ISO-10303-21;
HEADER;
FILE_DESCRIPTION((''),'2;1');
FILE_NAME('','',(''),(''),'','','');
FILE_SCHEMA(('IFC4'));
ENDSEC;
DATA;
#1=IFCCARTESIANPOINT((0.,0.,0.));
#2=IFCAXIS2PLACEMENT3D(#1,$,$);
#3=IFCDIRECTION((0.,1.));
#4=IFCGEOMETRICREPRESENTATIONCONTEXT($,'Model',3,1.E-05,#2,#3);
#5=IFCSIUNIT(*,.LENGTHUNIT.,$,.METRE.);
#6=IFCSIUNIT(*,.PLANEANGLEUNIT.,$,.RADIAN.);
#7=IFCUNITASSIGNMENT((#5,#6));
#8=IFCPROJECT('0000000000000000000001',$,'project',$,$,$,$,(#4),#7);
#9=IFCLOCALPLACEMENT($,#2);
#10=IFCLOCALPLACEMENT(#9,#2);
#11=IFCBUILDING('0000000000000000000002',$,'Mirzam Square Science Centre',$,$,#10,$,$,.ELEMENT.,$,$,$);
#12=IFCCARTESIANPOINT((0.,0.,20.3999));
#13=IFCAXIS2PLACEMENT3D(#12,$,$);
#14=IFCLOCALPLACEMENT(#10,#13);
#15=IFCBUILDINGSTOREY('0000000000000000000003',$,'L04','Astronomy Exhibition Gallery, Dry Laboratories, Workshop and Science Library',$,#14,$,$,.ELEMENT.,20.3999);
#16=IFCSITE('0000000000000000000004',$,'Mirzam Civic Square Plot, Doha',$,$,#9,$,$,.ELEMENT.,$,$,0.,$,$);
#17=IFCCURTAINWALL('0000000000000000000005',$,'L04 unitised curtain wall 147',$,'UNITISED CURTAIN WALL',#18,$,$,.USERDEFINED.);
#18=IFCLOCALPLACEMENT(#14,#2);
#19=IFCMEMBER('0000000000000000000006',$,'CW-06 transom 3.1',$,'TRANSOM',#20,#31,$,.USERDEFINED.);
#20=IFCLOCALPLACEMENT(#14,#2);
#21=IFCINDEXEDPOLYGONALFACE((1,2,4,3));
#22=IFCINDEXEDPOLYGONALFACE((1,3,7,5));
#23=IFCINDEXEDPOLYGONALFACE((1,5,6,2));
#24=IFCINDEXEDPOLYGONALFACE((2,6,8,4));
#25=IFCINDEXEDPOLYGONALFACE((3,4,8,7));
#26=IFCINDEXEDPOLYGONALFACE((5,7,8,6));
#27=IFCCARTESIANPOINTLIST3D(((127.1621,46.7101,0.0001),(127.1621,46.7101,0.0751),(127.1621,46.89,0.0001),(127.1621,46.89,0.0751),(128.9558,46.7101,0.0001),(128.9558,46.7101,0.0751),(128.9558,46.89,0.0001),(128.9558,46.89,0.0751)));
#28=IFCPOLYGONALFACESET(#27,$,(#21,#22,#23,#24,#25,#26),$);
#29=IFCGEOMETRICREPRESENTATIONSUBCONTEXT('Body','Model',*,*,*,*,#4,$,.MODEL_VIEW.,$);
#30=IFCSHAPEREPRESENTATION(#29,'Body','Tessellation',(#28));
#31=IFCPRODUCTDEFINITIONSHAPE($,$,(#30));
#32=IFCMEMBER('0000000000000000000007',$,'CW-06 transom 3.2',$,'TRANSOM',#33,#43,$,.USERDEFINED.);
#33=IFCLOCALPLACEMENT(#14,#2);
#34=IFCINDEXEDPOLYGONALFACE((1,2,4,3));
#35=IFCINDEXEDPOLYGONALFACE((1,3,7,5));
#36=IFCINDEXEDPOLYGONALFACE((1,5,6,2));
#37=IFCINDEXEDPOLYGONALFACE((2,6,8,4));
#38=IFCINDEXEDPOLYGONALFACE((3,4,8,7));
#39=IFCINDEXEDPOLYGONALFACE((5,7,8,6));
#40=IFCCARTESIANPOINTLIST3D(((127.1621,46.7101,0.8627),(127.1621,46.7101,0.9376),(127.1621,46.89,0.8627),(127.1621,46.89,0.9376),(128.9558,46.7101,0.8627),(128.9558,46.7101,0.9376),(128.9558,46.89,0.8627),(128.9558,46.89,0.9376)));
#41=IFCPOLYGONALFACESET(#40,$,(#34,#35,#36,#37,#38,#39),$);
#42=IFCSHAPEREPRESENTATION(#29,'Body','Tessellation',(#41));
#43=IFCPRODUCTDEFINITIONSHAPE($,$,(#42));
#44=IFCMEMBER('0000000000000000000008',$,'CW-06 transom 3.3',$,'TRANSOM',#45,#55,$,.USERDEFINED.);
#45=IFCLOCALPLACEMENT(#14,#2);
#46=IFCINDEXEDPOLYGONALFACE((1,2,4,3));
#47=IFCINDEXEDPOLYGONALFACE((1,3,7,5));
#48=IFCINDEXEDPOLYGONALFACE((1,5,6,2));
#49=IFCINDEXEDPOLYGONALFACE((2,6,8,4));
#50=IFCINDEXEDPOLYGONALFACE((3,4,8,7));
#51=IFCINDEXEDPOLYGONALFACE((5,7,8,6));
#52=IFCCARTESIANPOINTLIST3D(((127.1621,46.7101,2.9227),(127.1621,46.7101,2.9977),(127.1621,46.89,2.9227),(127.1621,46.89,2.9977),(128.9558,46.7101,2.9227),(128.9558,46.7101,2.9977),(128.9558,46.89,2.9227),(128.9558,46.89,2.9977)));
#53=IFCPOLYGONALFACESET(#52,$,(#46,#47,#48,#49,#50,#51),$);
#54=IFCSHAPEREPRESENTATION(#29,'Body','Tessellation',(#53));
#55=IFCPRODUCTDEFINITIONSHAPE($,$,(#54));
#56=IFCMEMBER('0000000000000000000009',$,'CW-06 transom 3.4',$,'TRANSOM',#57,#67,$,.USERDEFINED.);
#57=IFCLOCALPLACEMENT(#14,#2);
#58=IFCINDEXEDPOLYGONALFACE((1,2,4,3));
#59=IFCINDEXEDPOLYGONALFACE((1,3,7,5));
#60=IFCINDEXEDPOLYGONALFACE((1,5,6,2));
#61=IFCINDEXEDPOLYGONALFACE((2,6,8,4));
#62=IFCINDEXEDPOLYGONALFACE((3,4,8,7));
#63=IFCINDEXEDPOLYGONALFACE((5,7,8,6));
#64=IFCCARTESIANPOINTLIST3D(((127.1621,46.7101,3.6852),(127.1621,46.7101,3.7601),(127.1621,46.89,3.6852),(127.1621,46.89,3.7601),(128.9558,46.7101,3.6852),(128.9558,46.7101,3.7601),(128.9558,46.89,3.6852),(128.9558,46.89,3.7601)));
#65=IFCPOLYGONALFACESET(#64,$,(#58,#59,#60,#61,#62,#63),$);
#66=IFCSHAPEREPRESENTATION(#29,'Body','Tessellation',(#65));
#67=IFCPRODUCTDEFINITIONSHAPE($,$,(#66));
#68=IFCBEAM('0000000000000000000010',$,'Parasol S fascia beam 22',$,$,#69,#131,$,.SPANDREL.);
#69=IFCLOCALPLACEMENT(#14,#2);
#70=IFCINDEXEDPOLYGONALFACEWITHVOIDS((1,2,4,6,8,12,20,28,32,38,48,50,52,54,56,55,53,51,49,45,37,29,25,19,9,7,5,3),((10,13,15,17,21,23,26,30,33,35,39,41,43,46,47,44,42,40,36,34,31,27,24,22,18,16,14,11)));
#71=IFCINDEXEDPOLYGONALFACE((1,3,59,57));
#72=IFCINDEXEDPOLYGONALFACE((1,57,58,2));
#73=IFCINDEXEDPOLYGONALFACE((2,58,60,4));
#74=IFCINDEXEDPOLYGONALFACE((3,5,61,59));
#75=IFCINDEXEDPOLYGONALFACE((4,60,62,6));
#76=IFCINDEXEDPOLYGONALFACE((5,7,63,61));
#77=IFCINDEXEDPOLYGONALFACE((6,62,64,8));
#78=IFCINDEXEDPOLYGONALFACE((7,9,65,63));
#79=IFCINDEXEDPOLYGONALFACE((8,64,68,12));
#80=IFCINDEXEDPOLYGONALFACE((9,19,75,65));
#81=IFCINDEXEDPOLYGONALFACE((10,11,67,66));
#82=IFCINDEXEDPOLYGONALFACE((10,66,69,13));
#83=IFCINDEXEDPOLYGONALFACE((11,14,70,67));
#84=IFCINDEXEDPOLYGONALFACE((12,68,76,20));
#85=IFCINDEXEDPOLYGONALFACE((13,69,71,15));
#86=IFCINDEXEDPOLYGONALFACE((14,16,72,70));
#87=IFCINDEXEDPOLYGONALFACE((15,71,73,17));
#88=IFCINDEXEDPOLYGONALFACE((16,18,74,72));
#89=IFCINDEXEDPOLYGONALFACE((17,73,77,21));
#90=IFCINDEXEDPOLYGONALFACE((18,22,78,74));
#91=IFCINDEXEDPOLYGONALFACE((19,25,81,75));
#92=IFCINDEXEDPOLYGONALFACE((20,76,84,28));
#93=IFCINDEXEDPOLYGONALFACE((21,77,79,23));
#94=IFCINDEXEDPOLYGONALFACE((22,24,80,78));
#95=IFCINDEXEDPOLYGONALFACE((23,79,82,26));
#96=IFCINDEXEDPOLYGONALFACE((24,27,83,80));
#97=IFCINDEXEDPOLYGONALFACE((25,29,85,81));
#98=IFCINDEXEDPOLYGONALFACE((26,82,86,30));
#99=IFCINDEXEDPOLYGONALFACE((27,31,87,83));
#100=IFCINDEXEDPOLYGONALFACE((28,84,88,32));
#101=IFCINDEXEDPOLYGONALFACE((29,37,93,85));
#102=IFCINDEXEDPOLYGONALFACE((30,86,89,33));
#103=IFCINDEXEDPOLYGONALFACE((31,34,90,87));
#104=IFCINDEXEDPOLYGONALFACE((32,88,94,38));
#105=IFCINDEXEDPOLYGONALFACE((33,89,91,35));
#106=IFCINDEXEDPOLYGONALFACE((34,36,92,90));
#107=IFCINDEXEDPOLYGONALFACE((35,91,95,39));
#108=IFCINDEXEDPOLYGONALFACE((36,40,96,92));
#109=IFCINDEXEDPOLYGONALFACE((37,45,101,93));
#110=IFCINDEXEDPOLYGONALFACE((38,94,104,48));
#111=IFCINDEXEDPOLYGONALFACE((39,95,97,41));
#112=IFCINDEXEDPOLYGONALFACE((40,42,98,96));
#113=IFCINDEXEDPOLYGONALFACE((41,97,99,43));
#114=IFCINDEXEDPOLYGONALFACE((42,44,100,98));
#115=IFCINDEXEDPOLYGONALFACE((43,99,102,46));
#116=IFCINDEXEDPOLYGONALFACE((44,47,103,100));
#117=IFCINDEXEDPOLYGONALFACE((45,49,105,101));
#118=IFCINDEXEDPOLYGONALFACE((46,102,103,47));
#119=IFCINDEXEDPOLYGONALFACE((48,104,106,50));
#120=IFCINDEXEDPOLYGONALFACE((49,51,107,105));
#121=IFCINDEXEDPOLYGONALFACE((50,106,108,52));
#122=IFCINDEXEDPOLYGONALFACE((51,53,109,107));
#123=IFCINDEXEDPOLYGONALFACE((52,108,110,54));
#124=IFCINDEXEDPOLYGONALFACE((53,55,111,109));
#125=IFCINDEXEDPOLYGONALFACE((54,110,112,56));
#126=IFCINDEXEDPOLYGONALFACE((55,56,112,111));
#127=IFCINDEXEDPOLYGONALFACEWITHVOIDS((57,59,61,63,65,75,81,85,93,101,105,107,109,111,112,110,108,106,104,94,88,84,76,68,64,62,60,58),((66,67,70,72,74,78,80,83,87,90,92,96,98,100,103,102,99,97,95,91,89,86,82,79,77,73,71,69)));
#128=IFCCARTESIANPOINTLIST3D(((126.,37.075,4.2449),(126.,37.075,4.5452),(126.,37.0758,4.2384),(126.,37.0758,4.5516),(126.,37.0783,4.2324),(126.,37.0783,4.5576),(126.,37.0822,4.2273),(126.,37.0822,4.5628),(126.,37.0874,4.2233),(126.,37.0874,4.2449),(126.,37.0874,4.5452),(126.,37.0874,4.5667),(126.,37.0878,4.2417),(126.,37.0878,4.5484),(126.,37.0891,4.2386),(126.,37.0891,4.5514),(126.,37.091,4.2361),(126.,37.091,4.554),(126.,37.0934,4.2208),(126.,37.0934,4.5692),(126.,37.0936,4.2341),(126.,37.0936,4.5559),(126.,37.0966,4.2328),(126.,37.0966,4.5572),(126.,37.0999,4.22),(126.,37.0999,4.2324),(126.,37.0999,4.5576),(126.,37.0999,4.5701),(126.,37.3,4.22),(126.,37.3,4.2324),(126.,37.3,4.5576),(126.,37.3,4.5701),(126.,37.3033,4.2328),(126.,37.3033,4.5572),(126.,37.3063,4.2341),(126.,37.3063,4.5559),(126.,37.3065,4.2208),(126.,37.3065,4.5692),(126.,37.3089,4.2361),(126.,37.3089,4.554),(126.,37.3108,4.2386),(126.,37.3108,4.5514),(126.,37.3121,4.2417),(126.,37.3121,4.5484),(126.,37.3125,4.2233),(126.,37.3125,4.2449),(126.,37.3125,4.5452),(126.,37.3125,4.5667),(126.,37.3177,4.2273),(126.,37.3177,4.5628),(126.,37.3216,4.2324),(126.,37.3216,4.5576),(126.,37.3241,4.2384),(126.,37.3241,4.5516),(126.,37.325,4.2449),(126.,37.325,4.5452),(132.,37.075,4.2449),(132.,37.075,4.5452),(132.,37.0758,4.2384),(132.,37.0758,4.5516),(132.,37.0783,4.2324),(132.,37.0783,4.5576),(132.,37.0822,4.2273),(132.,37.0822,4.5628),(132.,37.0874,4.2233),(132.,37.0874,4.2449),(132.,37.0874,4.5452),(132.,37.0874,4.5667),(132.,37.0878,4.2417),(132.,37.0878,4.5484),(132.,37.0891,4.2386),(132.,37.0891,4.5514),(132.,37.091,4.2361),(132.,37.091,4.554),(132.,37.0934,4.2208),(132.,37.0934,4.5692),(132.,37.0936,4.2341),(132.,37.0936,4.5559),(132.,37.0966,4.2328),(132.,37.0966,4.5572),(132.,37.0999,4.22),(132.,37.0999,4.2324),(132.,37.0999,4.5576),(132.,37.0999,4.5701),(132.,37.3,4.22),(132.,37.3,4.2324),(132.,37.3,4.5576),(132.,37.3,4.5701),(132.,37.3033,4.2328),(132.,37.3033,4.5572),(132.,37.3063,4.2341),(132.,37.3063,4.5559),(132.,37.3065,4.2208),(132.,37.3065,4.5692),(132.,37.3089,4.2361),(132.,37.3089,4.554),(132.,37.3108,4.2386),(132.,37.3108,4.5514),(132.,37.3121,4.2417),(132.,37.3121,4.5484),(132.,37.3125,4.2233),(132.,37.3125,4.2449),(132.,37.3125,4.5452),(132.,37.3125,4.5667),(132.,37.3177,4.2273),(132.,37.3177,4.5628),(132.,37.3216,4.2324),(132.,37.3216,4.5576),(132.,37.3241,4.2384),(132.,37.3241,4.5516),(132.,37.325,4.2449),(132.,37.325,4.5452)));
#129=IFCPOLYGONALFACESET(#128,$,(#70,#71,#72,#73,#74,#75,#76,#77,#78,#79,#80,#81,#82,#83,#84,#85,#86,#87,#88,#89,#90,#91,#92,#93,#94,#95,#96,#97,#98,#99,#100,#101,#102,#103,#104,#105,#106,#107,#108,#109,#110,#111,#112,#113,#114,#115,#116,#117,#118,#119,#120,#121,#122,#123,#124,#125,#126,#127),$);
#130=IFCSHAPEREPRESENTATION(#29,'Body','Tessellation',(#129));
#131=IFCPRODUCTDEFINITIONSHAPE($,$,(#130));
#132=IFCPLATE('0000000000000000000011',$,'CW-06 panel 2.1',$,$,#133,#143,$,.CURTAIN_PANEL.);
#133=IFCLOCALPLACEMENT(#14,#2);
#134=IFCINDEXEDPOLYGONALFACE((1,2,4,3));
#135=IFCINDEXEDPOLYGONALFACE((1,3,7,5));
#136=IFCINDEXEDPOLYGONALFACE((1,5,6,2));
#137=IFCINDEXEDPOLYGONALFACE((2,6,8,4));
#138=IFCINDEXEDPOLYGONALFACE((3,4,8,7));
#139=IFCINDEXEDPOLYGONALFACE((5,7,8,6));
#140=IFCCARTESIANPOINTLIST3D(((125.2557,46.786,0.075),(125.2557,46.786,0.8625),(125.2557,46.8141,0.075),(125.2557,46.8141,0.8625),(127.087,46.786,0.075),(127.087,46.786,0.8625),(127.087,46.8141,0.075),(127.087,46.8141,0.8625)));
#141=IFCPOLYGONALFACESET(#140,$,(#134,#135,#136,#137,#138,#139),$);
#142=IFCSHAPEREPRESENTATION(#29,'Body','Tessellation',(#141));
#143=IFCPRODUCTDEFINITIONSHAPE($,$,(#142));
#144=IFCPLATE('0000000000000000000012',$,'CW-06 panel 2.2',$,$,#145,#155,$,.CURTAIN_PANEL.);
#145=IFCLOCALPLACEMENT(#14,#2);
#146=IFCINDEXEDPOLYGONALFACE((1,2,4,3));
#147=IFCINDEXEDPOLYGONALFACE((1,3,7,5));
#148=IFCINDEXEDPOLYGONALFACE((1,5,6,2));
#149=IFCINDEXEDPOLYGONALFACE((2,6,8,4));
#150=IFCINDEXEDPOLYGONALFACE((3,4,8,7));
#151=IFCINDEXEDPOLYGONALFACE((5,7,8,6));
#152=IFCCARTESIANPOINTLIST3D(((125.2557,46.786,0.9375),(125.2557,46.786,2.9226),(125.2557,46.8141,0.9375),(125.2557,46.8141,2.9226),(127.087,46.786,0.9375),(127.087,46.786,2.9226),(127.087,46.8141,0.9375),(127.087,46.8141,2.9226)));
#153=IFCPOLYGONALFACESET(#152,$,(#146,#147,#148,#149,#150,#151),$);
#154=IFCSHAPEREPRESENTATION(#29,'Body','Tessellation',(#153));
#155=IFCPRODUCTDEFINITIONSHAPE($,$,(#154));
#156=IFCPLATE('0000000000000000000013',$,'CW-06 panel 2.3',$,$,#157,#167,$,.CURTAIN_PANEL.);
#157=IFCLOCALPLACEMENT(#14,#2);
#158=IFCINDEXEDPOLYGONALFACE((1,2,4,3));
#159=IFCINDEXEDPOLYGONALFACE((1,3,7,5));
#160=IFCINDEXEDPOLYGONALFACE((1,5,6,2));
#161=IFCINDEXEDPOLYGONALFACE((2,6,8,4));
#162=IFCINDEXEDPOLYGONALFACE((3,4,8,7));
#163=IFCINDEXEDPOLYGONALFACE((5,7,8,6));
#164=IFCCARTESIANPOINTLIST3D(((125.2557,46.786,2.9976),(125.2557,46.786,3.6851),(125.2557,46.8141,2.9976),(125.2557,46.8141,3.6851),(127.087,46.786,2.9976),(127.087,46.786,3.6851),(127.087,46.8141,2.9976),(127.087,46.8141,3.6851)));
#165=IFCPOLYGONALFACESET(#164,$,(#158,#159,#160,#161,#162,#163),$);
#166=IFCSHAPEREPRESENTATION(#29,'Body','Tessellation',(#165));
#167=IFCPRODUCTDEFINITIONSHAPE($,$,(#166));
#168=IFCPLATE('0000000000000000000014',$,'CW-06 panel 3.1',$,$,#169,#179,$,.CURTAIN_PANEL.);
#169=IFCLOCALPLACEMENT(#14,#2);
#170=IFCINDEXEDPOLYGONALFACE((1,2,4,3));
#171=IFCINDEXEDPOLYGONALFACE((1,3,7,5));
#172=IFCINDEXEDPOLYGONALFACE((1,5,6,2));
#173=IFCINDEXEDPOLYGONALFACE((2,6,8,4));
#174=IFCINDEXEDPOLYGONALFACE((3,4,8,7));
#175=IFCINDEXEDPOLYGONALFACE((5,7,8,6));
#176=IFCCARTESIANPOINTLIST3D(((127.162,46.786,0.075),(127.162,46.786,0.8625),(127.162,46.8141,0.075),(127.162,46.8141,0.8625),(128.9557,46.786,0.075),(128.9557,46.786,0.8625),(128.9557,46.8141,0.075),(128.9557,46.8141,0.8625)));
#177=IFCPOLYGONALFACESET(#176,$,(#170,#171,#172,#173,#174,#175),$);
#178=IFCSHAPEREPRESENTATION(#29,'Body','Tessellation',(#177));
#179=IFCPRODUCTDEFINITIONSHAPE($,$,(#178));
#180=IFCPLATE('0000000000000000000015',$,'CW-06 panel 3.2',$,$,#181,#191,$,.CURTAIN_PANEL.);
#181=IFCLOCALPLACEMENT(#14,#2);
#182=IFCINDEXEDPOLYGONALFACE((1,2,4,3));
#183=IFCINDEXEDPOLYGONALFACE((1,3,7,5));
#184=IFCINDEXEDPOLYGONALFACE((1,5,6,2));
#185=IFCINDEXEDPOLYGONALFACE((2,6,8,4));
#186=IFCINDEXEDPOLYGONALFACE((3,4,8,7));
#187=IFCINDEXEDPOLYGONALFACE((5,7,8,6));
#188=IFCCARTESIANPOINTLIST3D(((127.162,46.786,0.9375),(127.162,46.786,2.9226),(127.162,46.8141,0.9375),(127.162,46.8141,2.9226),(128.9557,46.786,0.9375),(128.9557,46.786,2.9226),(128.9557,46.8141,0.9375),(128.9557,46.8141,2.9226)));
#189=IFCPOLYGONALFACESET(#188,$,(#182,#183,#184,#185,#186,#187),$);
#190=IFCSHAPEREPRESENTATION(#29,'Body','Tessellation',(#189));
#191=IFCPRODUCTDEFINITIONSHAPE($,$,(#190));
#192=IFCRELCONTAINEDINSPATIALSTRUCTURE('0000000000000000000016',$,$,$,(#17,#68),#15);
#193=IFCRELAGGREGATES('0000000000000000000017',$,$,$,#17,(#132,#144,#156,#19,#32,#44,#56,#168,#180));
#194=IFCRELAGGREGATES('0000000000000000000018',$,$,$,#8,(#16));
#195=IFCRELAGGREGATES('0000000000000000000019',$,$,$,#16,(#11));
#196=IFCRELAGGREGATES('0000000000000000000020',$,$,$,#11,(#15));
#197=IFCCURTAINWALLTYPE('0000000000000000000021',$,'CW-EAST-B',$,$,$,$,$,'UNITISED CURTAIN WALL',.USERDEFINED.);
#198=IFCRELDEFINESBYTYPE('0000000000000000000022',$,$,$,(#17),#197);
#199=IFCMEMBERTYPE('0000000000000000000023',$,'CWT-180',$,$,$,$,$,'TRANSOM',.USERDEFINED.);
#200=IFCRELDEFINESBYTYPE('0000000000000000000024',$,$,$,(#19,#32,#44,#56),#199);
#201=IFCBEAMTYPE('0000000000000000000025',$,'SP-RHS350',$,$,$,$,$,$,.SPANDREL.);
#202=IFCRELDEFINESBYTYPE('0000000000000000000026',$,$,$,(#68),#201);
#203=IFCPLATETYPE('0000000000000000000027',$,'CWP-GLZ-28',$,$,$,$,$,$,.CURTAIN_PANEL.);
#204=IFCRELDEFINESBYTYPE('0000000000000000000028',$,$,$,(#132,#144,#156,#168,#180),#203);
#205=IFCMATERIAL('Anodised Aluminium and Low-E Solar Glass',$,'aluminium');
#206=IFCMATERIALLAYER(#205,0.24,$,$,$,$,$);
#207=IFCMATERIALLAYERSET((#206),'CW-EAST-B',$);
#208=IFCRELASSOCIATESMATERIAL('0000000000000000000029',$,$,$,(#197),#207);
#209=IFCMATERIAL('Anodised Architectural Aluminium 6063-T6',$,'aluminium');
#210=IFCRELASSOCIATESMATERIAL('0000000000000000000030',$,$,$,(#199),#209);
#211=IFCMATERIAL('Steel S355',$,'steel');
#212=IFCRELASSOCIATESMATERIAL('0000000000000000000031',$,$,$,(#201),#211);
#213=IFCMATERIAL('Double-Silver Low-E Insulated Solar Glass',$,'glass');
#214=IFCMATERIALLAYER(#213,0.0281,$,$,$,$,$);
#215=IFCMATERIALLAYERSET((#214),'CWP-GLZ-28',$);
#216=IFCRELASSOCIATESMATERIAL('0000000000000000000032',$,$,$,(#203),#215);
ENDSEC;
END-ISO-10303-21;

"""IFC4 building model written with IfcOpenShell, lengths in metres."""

from ifc_helpers import new_model, si_unit, direction, frame, origin, origin_2d, place, context, subcontext, project, spatial, rectangle, hollow_rectangle, extrude, material, layer, layer_set, material_profile, profile_set, type_object, element, aggregate, save


model = new_model("IFC4")

# Units and contexts
model_context = context("Model", 3, precision=1e-05, world=origin(), true_north=direction((0.0, 1.0)))
body_context = subcontext(model_context, "Body", "Model", "MODEL_VIEW")
ifc_project = project(units=[si_unit("LENGTHUNIT", "METRE"), si_unit("PLANEANGLEUNIT", "RADIAN")], contexts=[model_context])

# Site, building, storey
site_placement = place(None, origin())
site = spatial("IfcSite", under=ifc_project, at=site_placement, Name="Mirzam Civic Square Plot, Doha", CompositionType="ELEMENT", RefElevation=0.0)
building_placement = place(site_placement, origin())
building = spatial("IfcBuilding", under=site, at=building_placement, Name="Mirzam Square Science Centre", CompositionType="ELEMENT")
storey_placement = place(building_placement, frame((0.0, 0.0, 20.3999)))
storey = spatial("IfcBuildingStorey", under=building, at=storey_placement, Name="L04", Description="Astronomy Exhibition Gallery, Dry Laboratories, Workshop and Science Library", CompositionType="ELEMENT", Elevation=20.3999)

# Shared definitions
ifc_material_1 = material(Name="Steel S355", Category="steel")

# Curtain wall, members
ifc_material_2 = material(Name="Anodised Aluminium and Low-E Solar Glass", Category="aluminium")
ifc_layer_1 = layer(ifc_material_2, 0.24)
ifc_layer_set_1 = layer_set([ifc_layer_1], Name="CW-EAST-B")
curtain_wall_type = type_object("IfcCurtainWallType", Name="CW-EAST-B", ElementType="UNITISED CURTAIN WALL", PredefinedType="USERDEFINED", material=ifc_layer_set_1)
curtain_wall_placement = place(storey_placement, origin())
curtain_wall = element("IfcCurtainWall", 1, at=curtain_wall_placement, inside=storey, type_object=curtain_wall_type, Name="L04 unitised curtain wall 147", ObjectType="UNITISED CURTAIN WALL", PredefinedType="USERDEFINED")
ifc_material_3 = material(Name="Anodised Architectural Aluminium 6063-T6", Category="aluminium")
ifc_material_profile_1 = material_profile(ifc_material_3, rectangle(XDim=0.1799, YDim=0.075, at=origin_2d()), Name="ALU-TRAN-180x75x5")
ifc_profile_set_1 = profile_set([ifc_material_profile_1], Name="Anodised Architectural Aluminium 6063-T6")
member_type_1 = type_object("IfcMemberType", Name="CWT-180", ElementType="TRANSOM", PredefinedType="USERDEFINED", material=ifc_profile_set_1)
member_1_placement = place(storey_placement, frame((127.1621, 46.8, 0.0376), z_axis=(1.0, 0.0, 0.0), x_axis=(0.0, 1.0, 0.0)))
member_1 = element("IfcMember", 2, at=member_1_placement, type_object=member_type_1, Name="CW-06 transom 3.1", ObjectType="TRANSOM", PredefinedType="USERDEFINED", context=body_context, shape_type="SweptSolid", body=[
    extrude(rectangle(XDim=0.1799, YDim=0.075, at=origin_2d()), origin(), (0.0, 0.0, 1.0), 1.7937),
])
member_2_placement = place(storey_placement, frame((127.1621, 46.8, 0.9001), z_axis=(1.0, 0.0, 0.0), x_axis=(0.0, 1.0, 0.0)))
member_2 = element("IfcMember", 3, at=member_2_placement, type_object=member_type_1, Name="CW-06 transom 3.2", ObjectType="TRANSOM", PredefinedType="USERDEFINED", context=body_context, shape_type="SweptSolid", body=[
    extrude(rectangle(XDim=0.1799, YDim=0.075, at=origin_2d()), origin(), (0.0, 0.0, 1.0), 1.7937),
])
member_3_placement = place(storey_placement, frame((127.1621, 46.8, 2.9602), z_axis=(1.0, 0.0, 0.0), x_axis=(0.0, 1.0, 0.0)))
member_3 = element("IfcMember", 4, at=member_3_placement, type_object=member_type_1, Name="CW-06 transom 3.3", ObjectType="TRANSOM", PredefinedType="USERDEFINED", context=body_context, shape_type="SweptSolid", body=[
    extrude(rectangle(XDim=0.1799, YDim=0.075, at=origin_2d()), origin(), (0.0, 0.0, 1.0), 1.7937),
])
member_4_placement = place(storey_placement, frame((127.1621, 46.8, 3.7227), z_axis=(1.0, 0.0, 0.0), x_axis=(0.0, 1.0, 0.0)))
member_4 = element("IfcMember", 5, at=member_4_placement, type_object=member_type_1, Name="CW-06 transom 3.4", ObjectType="TRANSOM", PredefinedType="USERDEFINED", context=body_context, shape_type="SweptSolid", body=[
    extrude(rectangle(XDim=0.1799, YDim=0.075, at=origin_2d()), origin(), (0.0, 0.0, 1.0), 1.7937),
])

# Beam
ifc_material_profile_2 = material_profile(ifc_material_1, hollow_rectangle(XDim=0.25, YDim=0.3501, WallThickness=0.0125, InnerFilletRadius=0.0125, OuterFilletRadius=0.0249, at=origin_2d()), Name="350x250x12.5RHS")
ifc_profile_set_2 = profile_set([ifc_material_profile_2], Name="Steel S355")
beam_type_1 = type_object("IfcBeamType", Name="SP-RHS350", PredefinedType="SPANDREL", material=ifc_profile_set_2)
beam_1_placement = place(storey_placement, frame((126.0, 37.2, 4.395), z_axis=(1.0, 0.0, 0.0), x_axis=(0.0, 1.0, 0.0)))
element("IfcBeam", 6, at=beam_1_placement, inside=storey, type_object=beam_type_1, Name="Parasol S fascia beam 22", PredefinedType="SPANDREL", context=body_context, shape_type="SweptSolid", body=[
    extrude(hollow_rectangle(XDim=0.25, YDim=0.3501, WallThickness=0.0125, InnerFilletRadius=0.0125, OuterFilletRadius=0.0249, at=origin_2d()), origin(), (0.0, 0.0, 1.0), 6.0),
])

# Plates
ifc_material_4 = material(Name="Double-Silver Low-E Insulated Solar Glass", Category="glass")
ifc_layer_2 = layer(ifc_material_4, 0.0281)
ifc_layer_set_2 = layer_set([ifc_layer_2], Name="CWP-GLZ-28")
plate_type = type_object("IfcPlateType", Name="CWP-GLZ-28", PredefinedType="CURTAIN_PANEL", material=ifc_layer_set_2)
plate_1_placement = place(storey_placement, frame((126.1714, 46.8, 0.075), z_axis=(0.0, 0.0, 1.0), x_axis=(1.0, 0.0, 0.0)))
plate_1 = element("IfcPlate", 7, at=plate_1_placement, type_object=plate_type, Name="CW-06 panel 2.1", PredefinedType="CURTAIN_PANEL", context=body_context, shape_type="SweptSolid", body=[
    extrude(rectangle(XDim=1.8313, YDim=0.0281, at=origin_2d()), origin(), (0.0, 0.0, 1.0), 0.7876),
])
plate_2_placement = place(storey_placement, frame((126.1714, 46.8, 0.9375), z_axis=(0.0, 0.0, 1.0), x_axis=(1.0, 0.0, 0.0)))
plate_2 = element("IfcPlate", 8, at=plate_2_placement, type_object=plate_type, Name="CW-06 panel 2.2", PredefinedType="CURTAIN_PANEL", context=body_context, shape_type="SweptSolid", body=[
    extrude(rectangle(XDim=1.8313, YDim=0.0281, at=origin_2d()), origin(), (0.0, 0.0, 1.0), 1.9851),
])
plate_3_placement = place(storey_placement, frame((126.1714, 46.8, 2.9976), z_axis=(0.0, 0.0, 1.0), x_axis=(1.0, 0.0, 0.0)))
plate_3 = element("IfcPlate", 9, at=plate_3_placement, type_object=plate_type, Name="CW-06 panel 2.3", PredefinedType="CURTAIN_PANEL", context=body_context, shape_type="SweptSolid", body=[
    extrude(rectangle(XDim=1.8313, YDim=0.0281, at=origin_2d()), origin(), (0.0, 0.0, 1.0), 0.6875),
])
plate_4_placement = place(storey_placement, frame((128.0588, 46.8, 0.075), z_axis=(0.0, 0.0, 1.0), x_axis=(1.0, 0.0, 0.0)))
plate_4 = element("IfcPlate", 10, at=plate_4_placement, type_object=plate_type, Name="CW-06 panel 3.1", PredefinedType="CURTAIN_PANEL", context=body_context, shape_type="SweptSolid", body=[
    extrude(rectangle(XDim=1.7937, YDim=0.0281, at=origin_2d()), origin(), (0.0, 0.0, 1.0), 0.7876),
])
plate_5_placement = place(storey_placement, frame((128.0588, 46.8, 0.9375), z_axis=(0.0, 0.0, 1.0), x_axis=(1.0, 0.0, 0.0)))
plate_5 = element("IfcPlate", 11, at=plate_5_placement, type_object=plate_type, Name="CW-06 panel 3.2", PredefinedType="CURTAIN_PANEL", context=body_context, shape_type="SweptSolid", body=[
    extrude(rectangle(XDim=1.7937, YDim=0.0281, at=origin_2d()), origin(), (0.0, 0.0, 1.0), 1.9851),
])
aggregate(curtain_wall, [plate_1, plate_2, plate_3, member_1, member_2, member_3, member_4, plate_4, plate_5])

save(model, "model.ifc")
